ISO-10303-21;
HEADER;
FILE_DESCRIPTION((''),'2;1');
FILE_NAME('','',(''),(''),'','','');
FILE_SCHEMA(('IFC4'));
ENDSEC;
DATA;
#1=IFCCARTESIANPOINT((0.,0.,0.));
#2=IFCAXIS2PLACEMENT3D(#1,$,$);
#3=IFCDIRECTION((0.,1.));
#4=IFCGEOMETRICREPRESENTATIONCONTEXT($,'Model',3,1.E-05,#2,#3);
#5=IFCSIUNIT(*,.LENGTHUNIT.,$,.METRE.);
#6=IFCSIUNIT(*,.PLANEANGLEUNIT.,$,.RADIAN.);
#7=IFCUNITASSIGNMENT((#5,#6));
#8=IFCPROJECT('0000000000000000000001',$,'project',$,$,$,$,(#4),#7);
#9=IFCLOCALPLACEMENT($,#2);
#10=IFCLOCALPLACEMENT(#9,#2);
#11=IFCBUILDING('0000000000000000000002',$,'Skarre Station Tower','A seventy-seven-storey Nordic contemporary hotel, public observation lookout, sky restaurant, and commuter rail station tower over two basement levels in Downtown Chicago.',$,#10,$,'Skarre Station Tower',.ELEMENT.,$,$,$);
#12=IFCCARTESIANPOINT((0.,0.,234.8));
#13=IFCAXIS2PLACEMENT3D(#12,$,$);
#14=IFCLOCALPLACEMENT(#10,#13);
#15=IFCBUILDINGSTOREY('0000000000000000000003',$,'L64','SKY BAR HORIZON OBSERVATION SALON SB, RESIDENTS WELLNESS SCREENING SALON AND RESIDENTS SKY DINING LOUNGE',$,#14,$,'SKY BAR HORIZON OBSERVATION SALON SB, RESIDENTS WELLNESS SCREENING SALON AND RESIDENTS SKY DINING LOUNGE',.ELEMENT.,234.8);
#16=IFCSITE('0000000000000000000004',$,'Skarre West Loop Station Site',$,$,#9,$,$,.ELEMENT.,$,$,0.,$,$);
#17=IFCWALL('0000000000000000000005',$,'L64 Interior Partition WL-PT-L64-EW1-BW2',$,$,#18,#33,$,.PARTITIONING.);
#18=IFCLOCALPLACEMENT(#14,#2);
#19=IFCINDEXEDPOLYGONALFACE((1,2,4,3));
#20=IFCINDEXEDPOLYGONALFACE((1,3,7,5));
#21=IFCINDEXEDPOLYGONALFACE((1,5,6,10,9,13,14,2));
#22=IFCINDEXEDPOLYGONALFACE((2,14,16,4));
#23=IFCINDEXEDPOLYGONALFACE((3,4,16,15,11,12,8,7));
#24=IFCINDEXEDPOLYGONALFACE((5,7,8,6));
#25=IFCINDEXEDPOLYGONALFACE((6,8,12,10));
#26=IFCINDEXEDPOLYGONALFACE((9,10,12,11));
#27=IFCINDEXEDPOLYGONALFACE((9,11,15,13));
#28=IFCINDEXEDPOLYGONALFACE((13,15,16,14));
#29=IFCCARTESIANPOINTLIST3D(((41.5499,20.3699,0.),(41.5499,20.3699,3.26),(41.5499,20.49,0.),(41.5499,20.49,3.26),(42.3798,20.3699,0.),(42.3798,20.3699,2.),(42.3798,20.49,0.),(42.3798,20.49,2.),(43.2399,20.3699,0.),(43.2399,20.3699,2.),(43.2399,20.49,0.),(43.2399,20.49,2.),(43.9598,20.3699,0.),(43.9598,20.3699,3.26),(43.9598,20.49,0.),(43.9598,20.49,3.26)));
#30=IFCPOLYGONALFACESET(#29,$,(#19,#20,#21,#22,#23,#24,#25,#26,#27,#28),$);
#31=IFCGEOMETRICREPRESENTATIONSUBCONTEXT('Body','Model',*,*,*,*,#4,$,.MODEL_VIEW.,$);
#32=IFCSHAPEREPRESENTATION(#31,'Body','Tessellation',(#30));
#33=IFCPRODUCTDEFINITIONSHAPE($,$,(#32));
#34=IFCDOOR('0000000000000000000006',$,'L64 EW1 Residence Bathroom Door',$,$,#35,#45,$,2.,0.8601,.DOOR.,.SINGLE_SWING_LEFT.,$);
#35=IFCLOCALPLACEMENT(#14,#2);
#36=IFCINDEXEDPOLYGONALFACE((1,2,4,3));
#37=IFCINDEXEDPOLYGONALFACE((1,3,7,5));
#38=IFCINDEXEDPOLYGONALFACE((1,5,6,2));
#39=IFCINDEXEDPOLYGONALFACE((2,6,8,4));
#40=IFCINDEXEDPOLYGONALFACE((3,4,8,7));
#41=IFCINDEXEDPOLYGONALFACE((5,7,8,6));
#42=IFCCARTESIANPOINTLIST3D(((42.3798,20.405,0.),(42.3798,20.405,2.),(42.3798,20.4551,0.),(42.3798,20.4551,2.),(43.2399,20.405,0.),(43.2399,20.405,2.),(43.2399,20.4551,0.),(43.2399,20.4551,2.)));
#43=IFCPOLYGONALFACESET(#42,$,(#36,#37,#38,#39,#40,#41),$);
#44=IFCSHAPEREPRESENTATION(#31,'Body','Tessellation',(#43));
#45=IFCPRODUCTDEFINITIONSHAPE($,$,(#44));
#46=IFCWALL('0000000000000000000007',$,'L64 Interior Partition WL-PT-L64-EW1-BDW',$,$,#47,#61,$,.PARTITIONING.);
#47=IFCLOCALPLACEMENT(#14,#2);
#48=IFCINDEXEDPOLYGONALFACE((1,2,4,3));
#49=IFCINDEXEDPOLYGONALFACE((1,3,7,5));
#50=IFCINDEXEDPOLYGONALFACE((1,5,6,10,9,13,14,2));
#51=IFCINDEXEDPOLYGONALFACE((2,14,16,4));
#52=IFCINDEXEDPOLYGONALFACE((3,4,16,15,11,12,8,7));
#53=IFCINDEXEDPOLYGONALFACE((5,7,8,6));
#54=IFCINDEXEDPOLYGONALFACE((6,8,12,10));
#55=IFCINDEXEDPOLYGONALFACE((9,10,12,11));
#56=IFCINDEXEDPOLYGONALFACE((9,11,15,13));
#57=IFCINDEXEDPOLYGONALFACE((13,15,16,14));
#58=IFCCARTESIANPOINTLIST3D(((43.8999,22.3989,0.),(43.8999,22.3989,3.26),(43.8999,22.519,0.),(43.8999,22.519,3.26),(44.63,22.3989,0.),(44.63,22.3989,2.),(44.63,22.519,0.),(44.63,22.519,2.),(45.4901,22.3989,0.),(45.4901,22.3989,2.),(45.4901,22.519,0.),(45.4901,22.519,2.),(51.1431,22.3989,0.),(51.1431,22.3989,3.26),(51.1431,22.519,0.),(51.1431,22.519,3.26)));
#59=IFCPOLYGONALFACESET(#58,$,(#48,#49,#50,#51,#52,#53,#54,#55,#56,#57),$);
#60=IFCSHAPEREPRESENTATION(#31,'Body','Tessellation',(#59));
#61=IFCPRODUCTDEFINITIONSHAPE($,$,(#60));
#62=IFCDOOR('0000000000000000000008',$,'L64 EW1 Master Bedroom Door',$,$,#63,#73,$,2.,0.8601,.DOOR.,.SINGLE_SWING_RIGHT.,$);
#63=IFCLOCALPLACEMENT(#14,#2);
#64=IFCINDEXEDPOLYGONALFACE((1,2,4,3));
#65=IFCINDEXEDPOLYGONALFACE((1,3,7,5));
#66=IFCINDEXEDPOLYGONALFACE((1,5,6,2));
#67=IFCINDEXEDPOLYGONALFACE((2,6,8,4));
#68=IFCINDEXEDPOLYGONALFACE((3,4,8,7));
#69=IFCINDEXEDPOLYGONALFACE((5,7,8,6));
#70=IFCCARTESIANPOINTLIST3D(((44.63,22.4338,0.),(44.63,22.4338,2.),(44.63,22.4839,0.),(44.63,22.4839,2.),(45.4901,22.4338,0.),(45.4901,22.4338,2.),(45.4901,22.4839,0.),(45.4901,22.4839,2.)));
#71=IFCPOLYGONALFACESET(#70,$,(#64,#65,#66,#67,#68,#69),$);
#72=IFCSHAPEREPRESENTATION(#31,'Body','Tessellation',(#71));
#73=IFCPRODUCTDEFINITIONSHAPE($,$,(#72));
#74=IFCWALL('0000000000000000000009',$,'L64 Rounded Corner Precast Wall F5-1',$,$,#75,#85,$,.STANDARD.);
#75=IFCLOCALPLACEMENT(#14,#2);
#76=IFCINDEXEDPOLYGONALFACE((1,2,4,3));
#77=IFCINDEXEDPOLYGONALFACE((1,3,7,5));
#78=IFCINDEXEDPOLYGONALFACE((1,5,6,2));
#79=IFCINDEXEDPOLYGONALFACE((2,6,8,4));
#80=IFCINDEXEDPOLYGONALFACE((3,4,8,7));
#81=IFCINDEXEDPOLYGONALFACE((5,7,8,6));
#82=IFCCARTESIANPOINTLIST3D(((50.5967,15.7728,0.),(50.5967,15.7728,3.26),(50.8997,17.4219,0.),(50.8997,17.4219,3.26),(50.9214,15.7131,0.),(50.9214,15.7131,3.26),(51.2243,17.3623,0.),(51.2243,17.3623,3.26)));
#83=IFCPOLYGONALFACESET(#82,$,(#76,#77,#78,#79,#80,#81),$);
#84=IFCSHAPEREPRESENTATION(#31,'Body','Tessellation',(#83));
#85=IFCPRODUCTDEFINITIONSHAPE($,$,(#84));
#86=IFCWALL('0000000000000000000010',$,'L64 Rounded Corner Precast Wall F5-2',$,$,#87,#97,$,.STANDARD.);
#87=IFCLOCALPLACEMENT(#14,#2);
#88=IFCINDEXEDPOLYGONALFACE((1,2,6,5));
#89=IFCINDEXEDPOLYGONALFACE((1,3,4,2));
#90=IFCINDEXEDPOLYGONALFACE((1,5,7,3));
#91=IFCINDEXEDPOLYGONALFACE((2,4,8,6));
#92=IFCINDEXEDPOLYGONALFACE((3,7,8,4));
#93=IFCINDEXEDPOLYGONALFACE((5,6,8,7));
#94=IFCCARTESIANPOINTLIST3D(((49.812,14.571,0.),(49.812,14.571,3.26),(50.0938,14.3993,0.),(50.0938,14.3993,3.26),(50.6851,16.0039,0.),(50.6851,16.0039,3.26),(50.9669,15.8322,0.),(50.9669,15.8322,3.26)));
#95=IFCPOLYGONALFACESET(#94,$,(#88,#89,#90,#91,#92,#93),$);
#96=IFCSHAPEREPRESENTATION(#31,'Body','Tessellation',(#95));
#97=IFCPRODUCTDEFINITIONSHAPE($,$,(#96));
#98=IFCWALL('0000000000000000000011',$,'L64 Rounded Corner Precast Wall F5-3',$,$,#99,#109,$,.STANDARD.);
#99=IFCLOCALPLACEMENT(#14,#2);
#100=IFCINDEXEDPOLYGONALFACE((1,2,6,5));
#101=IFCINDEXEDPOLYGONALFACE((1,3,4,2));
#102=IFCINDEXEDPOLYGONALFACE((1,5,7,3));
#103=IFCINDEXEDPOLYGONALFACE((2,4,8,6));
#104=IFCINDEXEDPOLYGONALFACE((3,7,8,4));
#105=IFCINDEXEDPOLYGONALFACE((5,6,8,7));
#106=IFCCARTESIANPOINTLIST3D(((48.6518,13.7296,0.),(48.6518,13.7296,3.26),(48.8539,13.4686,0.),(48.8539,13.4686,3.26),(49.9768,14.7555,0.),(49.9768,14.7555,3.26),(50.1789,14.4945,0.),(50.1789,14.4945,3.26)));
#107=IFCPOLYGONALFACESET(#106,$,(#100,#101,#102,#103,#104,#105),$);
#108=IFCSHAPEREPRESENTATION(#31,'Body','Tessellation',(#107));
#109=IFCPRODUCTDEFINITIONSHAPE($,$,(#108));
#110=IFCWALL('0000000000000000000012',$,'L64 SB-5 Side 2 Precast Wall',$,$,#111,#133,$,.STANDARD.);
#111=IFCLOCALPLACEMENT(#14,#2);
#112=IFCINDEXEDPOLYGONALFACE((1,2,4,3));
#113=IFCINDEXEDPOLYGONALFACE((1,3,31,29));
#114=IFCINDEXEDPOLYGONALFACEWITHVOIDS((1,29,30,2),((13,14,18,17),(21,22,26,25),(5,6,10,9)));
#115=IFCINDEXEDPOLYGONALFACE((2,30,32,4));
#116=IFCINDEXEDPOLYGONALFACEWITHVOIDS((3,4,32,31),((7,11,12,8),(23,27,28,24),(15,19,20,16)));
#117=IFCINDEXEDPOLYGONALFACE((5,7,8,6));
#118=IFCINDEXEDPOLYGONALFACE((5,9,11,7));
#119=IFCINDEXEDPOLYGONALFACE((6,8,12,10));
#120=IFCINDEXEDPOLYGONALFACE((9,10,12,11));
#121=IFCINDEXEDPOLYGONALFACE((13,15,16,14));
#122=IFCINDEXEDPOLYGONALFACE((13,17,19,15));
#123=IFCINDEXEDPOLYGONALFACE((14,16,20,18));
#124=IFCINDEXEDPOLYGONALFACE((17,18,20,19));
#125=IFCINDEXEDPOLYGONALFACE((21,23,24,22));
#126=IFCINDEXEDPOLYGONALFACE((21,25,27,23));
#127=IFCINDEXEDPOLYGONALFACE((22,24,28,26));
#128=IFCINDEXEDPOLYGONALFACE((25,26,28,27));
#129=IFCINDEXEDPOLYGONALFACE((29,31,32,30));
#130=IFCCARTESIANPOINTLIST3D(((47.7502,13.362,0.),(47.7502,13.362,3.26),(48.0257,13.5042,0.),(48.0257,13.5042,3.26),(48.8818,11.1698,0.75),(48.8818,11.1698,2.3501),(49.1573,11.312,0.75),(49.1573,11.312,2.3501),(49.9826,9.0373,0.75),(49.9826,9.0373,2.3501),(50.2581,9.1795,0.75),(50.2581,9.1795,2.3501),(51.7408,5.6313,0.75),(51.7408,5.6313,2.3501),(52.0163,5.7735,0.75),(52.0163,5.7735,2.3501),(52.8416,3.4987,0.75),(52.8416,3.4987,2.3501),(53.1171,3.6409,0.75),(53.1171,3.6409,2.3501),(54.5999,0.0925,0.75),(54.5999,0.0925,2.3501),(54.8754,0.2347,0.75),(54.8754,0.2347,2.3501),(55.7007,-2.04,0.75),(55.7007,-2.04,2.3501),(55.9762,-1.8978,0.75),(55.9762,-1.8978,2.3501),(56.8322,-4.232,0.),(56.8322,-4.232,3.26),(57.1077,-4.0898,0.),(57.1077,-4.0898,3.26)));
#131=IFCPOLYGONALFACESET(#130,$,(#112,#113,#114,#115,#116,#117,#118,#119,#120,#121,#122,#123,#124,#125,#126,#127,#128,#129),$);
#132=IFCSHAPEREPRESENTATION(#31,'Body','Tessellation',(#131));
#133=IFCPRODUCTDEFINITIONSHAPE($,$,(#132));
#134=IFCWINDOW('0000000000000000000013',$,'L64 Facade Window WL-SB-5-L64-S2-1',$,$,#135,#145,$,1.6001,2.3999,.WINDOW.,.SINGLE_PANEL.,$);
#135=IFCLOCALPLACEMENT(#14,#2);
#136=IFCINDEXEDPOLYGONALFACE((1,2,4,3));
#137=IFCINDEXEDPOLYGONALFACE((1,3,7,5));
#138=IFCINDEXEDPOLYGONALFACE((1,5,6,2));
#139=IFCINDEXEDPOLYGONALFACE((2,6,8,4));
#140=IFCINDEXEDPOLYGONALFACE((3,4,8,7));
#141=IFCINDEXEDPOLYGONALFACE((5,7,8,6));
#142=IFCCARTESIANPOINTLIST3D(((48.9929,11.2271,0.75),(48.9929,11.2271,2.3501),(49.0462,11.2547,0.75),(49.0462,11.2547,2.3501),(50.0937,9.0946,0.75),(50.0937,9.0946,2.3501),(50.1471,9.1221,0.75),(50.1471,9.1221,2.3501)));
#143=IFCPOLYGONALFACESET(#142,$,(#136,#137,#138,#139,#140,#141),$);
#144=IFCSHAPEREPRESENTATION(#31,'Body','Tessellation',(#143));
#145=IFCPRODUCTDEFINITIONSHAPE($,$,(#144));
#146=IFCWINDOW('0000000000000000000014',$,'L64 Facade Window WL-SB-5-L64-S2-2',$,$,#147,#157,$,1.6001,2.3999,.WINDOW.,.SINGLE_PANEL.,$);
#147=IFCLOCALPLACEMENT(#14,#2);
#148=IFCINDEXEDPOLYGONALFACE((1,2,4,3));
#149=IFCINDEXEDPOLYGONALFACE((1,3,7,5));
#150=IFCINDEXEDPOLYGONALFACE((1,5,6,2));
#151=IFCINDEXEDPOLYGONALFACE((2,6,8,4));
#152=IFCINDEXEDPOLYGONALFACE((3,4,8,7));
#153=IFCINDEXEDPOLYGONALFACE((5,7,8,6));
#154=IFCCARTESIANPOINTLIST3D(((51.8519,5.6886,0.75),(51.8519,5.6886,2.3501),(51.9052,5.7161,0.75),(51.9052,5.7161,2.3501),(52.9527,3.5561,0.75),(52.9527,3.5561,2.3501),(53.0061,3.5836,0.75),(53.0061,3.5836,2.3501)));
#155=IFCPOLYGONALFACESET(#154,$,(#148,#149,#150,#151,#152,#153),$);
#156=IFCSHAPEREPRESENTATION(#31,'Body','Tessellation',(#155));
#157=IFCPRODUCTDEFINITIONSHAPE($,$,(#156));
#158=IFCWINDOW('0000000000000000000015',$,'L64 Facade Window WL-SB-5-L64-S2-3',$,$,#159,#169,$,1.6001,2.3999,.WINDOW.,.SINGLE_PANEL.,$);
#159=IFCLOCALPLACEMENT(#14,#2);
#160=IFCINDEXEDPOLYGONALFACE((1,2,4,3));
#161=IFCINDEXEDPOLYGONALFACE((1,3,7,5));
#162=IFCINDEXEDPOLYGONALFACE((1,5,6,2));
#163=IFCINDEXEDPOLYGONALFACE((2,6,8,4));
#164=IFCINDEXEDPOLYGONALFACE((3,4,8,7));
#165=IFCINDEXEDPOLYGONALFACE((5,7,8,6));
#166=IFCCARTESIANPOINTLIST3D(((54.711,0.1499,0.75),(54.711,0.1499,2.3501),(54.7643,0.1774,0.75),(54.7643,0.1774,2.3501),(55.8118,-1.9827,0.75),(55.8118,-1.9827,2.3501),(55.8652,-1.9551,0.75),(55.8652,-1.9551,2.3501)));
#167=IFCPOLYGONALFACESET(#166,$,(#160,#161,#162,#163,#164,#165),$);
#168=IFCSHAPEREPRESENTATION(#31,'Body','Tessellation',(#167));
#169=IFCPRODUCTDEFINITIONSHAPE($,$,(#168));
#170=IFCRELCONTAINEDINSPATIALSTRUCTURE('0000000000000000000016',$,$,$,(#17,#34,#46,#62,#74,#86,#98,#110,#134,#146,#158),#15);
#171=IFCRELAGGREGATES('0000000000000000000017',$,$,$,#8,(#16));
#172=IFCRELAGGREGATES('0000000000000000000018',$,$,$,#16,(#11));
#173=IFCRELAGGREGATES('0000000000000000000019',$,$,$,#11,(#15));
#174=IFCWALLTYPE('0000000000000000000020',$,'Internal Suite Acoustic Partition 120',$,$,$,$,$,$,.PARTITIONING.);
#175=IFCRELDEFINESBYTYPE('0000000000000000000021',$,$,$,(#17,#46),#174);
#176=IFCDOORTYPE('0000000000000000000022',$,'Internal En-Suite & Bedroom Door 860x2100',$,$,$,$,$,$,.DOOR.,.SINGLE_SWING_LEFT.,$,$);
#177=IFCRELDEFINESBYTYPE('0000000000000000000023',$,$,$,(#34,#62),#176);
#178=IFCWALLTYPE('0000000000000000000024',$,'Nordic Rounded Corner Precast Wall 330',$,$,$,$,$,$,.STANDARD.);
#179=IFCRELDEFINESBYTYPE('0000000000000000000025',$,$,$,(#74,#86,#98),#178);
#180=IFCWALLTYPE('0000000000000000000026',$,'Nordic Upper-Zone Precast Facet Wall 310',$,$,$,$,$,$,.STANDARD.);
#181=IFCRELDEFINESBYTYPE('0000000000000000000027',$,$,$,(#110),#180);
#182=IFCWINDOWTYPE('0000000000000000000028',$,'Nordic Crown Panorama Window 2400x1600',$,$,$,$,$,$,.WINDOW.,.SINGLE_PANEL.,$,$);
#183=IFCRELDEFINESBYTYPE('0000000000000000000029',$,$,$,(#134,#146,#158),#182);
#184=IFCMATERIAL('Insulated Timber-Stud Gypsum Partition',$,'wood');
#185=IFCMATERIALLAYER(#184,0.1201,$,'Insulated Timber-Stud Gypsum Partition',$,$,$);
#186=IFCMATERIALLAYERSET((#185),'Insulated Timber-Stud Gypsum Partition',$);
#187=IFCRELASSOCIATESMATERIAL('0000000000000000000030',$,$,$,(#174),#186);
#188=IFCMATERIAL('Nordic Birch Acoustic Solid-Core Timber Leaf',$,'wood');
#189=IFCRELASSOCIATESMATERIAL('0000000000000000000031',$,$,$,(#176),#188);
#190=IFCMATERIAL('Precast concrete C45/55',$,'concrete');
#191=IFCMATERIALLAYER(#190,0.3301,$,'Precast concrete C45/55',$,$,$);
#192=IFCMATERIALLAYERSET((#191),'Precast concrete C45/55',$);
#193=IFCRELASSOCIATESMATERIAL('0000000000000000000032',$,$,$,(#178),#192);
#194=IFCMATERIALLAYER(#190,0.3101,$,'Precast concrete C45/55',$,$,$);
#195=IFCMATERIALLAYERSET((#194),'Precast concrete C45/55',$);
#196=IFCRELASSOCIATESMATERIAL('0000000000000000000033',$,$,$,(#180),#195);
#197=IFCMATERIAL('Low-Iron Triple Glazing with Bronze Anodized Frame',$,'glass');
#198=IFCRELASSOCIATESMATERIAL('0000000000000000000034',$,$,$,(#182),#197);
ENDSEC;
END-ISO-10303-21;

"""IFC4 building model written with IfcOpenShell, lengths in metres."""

from ifc_helpers import new_model, si_unit, direction, frame, frame_2d, origin, place, context, subcontext, project, spatial, rectangle, extrude, material, layer, layer_set, type_object, element, fill, save


model = new_model("IFC4")

# Units and contexts
model_context = context("Model", 3, precision=1e-05, world=origin(), true_north=direction((0.0, 1.0)))
body_context = subcontext(model_context, "Body", "Model", "MODEL_VIEW")
ifc_project = project(units=[si_unit("LENGTHUNIT", "METRE"), si_unit("PLANEANGLEUNIT", "RADIAN")], contexts=[model_context])

# Site, building, storey
site_placement = place(None, origin())
site = spatial("IfcSite", under=ifc_project, at=site_placement, Name="Skarre West Loop Station Site", CompositionType="ELEMENT", RefElevation=0.0)
building_placement = place(site_placement, origin())
building = spatial("IfcBuilding", under=site, at=building_placement, Name="Skarre Station Tower", Description="A seventy-seven-storey Nordic contemporary hotel, public observation lookout, sky restaurant, and commuter rail station tower over two basement levels in Downtown Chicago.", LongName="Skarre Station Tower", CompositionType="ELEMENT")
storey_placement = place(building_placement, frame((0.0, 0.0, 234.8)))
storey = spatial("IfcBuildingStorey", under=building, at=storey_placement, Name="L64", Description="SKY BAR HORIZON OBSERVATION SALON SB, RESIDENTS WELLNESS SCREENING SALON AND RESIDENTS SKY DINING LOUNGE", LongName="SKY BAR HORIZON OBSERVATION SALON SB, RESIDENTS WELLNESS SCREENING SALON AND RESIDENTS SKY DINING LOUNGE", CompositionType="ELEMENT", Elevation=234.8)

# Shared definitions
ifc_material_1 = material(Name="Insulated Timber-Stud Gypsum Partition", Category="wood")
ifc_layer_1 = layer(ifc_material_1, 0.1201, Name="Insulated Timber-Stud Gypsum Partition")
ifc_layer_set_1 = layer_set([ifc_layer_1], Name="Insulated Timber-Stud Gypsum Partition")
wall_type_1 = type_object("IfcWallType", Name="Internal Suite Acoustic Partition 120", PredefinedType="PARTITIONING", material=ifc_layer_set_1)

# Walls, openings, doors
wall_1_placement = place(storey_placement, frame((43.96, 20.4299, 0.0), z_axis=(0.0, 0.0, 1.0), x_axis=(-1.0, 0.0, 0.0)))
wall_1 = element("IfcWall", 1, at=wall_1_placement, inside=storey, type_object=wall_type_1, Name="L64 Interior Partition WL-PT-L64-EW1-BW2", PredefinedType="PARTITIONING", context=body_context, shape_type="SweptSolid", body=[
    extrude(rectangle(XDim=2.4099, YDim=0.1201, at=frame_2d((1.2051, 0.0))), origin(), (0.0, 0.0, 1.0), 3.26),
])
opening_1_placement = place(wall_1_placement, frame((0.72, 0.0, 0.0)))
opening_1 = element("IfcOpeningElement", 2, at=opening_1_placement, cuts=wall_1, PredefinedType="OPENING", context=body_context, shape_type="SweptSolid", body=[
    extrude(rectangle(XDim=0.8601, YDim=2.0, at=frame_2d((0.4302, 1.0))), frame((0.0, 0.0701, 0.0), z_axis=(0.0, -1.0, 0.0), x_axis=(1.0, 0.0, 0.0)), (0.0, 0.0, 1.0), 0.1401),
])
ifc_material_2 = material(Name="Nordic Birch Acoustic Solid-Core Timber Leaf", Category="wood")
door_type = type_object("IfcDoorType", Name="Internal En-Suite & Bedroom Door 860x2100", OperationType="SINGLE_SWING_LEFT", PredefinedType="DOOR", material=ifc_material_2)
door_1_placement = place(opening_1_placement, origin())
door_1 = element("IfcDoor", 3, at=door_1_placement, inside=storey, type_object=door_type, Name="L64 EW1 Residence Bathroom Door", OperationType="SINGLE_SWING_LEFT", OverallHeight=2.0, OverallWidth=0.8601, PredefinedType="DOOR", context=body_context, shape_type="SweptSolid", body=[
    extrude(rectangle(XDim=0.8601, YDim=2.0, at=frame_2d((0.4302, 1.0))), frame((0.0, 0.0249, 0.0), z_axis=(0.0, -1.0, 0.0), x_axis=(1.0, 0.0, 0.0)), (0.0, 0.0, 1.0), 0.05),
])
fill(opening_1, door_1)
wall_2_placement = place(storey_placement, frame((43.8999, 22.459, 0.0), z_axis=(0.0, 0.0, 1.0), x_axis=(1.0, 0.0, 0.0)))
wall_2 = element("IfcWall", 4, at=wall_2_placement, inside=storey, type_object=wall_type_1, Name="L64 Interior Partition WL-PT-L64-EW1-BDW", PredefinedType="PARTITIONING", context=body_context, shape_type="SweptSolid", body=[
    extrude(rectangle(XDim=7.2432, YDim=0.1201, at=frame_2d((3.6216, 0.0))), origin(), (0.0, 0.0, 1.0), 3.26),
])
opening_2_placement = place(wall_2_placement, frame((0.73, 0.0, 0.0)))
opening_2 = element("IfcOpeningElement", 5, at=opening_2_placement, cuts=wall_2, PredefinedType="OPENING", context=body_context, shape_type="SweptSolid", body=[
    extrude(rectangle(XDim=0.8601, YDim=2.0, at=frame_2d((0.4302, 1.0))), frame((0.0, 0.0701, 0.0), z_axis=(0.0, -1.0, 0.0), x_axis=(1.0, 0.0, 0.0)), (0.0, 0.0, 1.0), 0.1401),
])
door_2_placement = place(opening_2_placement, origin())
door_2 = element("IfcDoor", 6, at=door_2_placement, inside=storey, type_object=door_type, Name="L64 EW1 Master Bedroom Door", OperationType="SINGLE_SWING_RIGHT", OverallHeight=2.0, OverallWidth=0.8601, PredefinedType="DOOR", context=body_context, shape_type="SweptSolid", body=[
    extrude(rectangle(XDim=0.8601, YDim=2.0, at=frame_2d((0.4302, 1.0))), frame((0.0, 0.0249, 0.0), z_axis=(0.0, -1.0, 0.0), x_axis=(1.0, 0.0, 0.0)), (0.0, 0.0, 1.0), 0.05),
])
fill(opening_2, door_2)

# Walls
ifc_material_3 = material(Name="Precast concrete C45/55", Category="concrete")
ifc_layer_2 = layer(ifc_material_3, 0.3301, Name="Precast concrete C45/55")
ifc_layer_set_2 = layer_set([ifc_layer_2], Name="Precast concrete C45/55")
wall_type_2 = type_object("IfcWallType", Name="Nordic Rounded Corner Precast Wall 330", PredefinedType="STANDARD", material=ifc_layer_set_2)
wall_3_placement = place(storey_placement, frame((51.062, 17.3921, 0.0), z_axis=(0.0, 0.0, 1.0), x_axis=(-0.180692, -0.98354, 0.0)))
element("IfcWall", 7, at=wall_3_placement, inside=storey, type_object=wall_type_2, Name="L64 Rounded Corner Precast Wall F5-1", PredefinedType="STANDARD", context=body_context, shape_type="SweptSolid", body=[
    extrude(rectangle(XDim=1.6768, YDim=0.3301, at=frame_2d((0.8384, 0.0))), origin(), (0.0, 0.0, 1.0), 3.26),
])
wall_4_placement = place(storey_placement, frame((50.8259, 15.918, 0.0), z_axis=(0.0, 0.0, 1.0), x_axis=(-0.520325, -0.853968, 0.0)))
element("IfcWall", 8, at=wall_4_placement, inside=storey, type_object=wall_type_2, Name="L64 Rounded Corner Precast Wall F5-2", PredefinedType="STANDARD", context=body_context, shape_type="SweptSolid", body=[
    extrude(rectangle(XDim=1.678, YDim=0.3301, at=frame_2d((0.8389, 0.0))), origin(), (0.0, 0.0, 1.0), 3.26),
])
wall_5_placement = place(storey_placement, frame((50.0779, 14.625, 0.0), z_axis=(0.0, 0.0, 1.0), x_axis=(-0.790692, -0.612214, 0.0)))
element("IfcWall", 9, at=wall_5_placement, inside=storey, type_object=wall_type_2, Name="L64 Rounded Corner Precast Wall F5-3", PredefinedType="STANDARD", context=body_context, shape_type="SweptSolid", body=[
    extrude(rectangle(XDim=1.6758, YDim=0.3301, at=frame_2d((0.8379, 0.0))), origin(), (0.0, 0.0, 1.0), 3.26),
])

# Wall, openings, windows
ifc_layer_3 = layer(ifc_material_3, 0.3101, Name="Precast concrete C45/55")
ifc_layer_set_3 = layer_set([ifc_layer_3], Name="Precast concrete C45/55")
wall_type_3 = type_object("IfcWallType", Name="Nordic Upper-Zone Precast Facet Wall 310", PredefinedType="STANDARD", material=ifc_layer_set_3)
wall_6_placement = place(storey_placement, frame((47.8879, 13.4331, 0.0), z_axis=(0.0, 0.0, 1.0), x_axis=(0.458693, -0.888595, 0.0)))
wall_6 = element("IfcWall", 10, at=wall_6_placement, inside=storey, type_object=wall_type_3, Name="L64 SB-5 Side 2 Precast Wall", PredefinedType="STANDARD", context=body_context, shape_type="SweptSolid", body=[
    extrude(rectangle(XDim=19.7998, YDim=0.3101, at=frame_2d((9.8999, 0.0))), origin(), (0.0, 0.0, 1.0), 3.26),
])
opening_3_placement = place(wall_6_placement, frame((2.467, 0.0, 0.75)))
opening_3 = element("IfcOpeningElement", 11, at=opening_3_placement, cuts=wall_6, PredefinedType="OPENING", context=body_context, shape_type="SweptSolid", body=[
    extrude(rectangle(XDim=2.3999, YDim=1.6001, at=frame_2d((1.2, 0.8))), frame((0.0, 0.165, 0.0), z_axis=(0.0, -1.0, 0.0), x_axis=(1.0, 0.0, 0.0)), (0.0, 0.0, 1.0), 0.3301),
])
opening_4_placement = place(wall_6_placement, frame((8.7, 0.0, 0.75)))
opening_4 = element("IfcOpeningElement", 12, at=opening_4_placement, cuts=wall_6, PredefinedType="OPENING", context=body_context, shape_type="SweptSolid", body=[
    extrude(rectangle(XDim=2.3999, YDim=1.6001, at=frame_2d((1.2, 0.8))), frame((0.0, 0.165, 0.0), z_axis=(0.0, -1.0, 0.0), x_axis=(1.0, 0.0, 0.0)), (0.0, 0.0, 1.0), 0.3301),
])
opening_5_placement = place(wall_6_placement, frame((14.9331, 0.0, 0.75)))
opening_5 = element("IfcOpeningElement", 13, at=opening_5_placement, cuts=wall_6, PredefinedType="OPENING", context=body_context, shape_type="SweptSolid", body=[
    extrude(rectangle(XDim=2.3999, YDim=1.6001, at=frame_2d((1.2, 0.8))), frame((0.0, 0.165, 0.0), z_axis=(0.0, -1.0, 0.0), x_axis=(1.0, 0.0, 0.0)), (0.0, 0.0, 1.0), 0.3301),
])
ifc_material_4 = material(Name="Low-Iron Triple Glazing with Bronze Anodized Frame", Category="glass")
window_type = type_object("IfcWindowType", Name="Nordic Crown Panorama Window 2400x1600", PartitioningType="SINGLE_PANEL", PredefinedType="WINDOW", material=ifc_material_4)
window_1_placement = place(opening_3_placement, origin())
window_1 = element("IfcWindow", 14, at=window_1_placement, inside=storey, type_object=window_type, Name="L64 Facade Window WL-SB-5-L64-S2-1", OverallHeight=1.6001, OverallWidth=2.3999, PartitioningType="SINGLE_PANEL", PredefinedType="WINDOW", context=body_context, shape_type="SweptSolid", body=[
    extrude(rectangle(XDim=2.3999, YDim=1.6001, at=frame_2d((1.2, 0.8))), frame((0.0, 0.03, 0.0), z_axis=(0.0, -1.0, 0.0), x_axis=(1.0, 0.0, 0.0)), (0.0, 0.0, 1.0), 0.0601),
])
fill(opening_3, window_1)
window_2_placement = place(opening_4_placement, origin())
window_2 = element("IfcWindow", 15, at=window_2_placement, inside=storey, type_object=window_type, Name="L64 Facade Window WL-SB-5-L64-S2-2", OverallHeight=1.6001, OverallWidth=2.3999, PartitioningType="SINGLE_PANEL", PredefinedType="WINDOW", context=body_context, shape_type="SweptSolid", body=[
    extrude(rectangle(XDim=2.3999, YDim=1.6001, at=frame_2d((1.2, 0.8))), frame((0.0, 0.03, 0.0), z_axis=(0.0, -1.0, 0.0), x_axis=(1.0, 0.0, 0.0)), (0.0, 0.0, 1.0), 0.0601),
])
fill(opening_4, window_2)
window_3_placement = place(opening_5_placement, origin())
window_3 = element("IfcWindow", 16, at=window_3_placement, inside=storey, type_object=window_type, Name="L64 Facade Window WL-SB-5-L64-S2-3", OverallHeight=1.6001, OverallWidth=2.3999, PartitioningType="SINGLE_PANEL", PredefinedType="WINDOW", context=body_context, shape_type="SweptSolid", body=[
    extrude(rectangle(XDim=2.3999, YDim=1.6001, at=frame_2d((1.2, 0.8))), frame((0.0, 0.03, 0.0), z_axis=(0.0, -1.0, 0.0), x_axis=(1.0, 0.0, 0.0)), (0.0, 0.0, 1.0), 0.0601),
])
fill(opening_5, window_3)

save(model, "model.ifc")
